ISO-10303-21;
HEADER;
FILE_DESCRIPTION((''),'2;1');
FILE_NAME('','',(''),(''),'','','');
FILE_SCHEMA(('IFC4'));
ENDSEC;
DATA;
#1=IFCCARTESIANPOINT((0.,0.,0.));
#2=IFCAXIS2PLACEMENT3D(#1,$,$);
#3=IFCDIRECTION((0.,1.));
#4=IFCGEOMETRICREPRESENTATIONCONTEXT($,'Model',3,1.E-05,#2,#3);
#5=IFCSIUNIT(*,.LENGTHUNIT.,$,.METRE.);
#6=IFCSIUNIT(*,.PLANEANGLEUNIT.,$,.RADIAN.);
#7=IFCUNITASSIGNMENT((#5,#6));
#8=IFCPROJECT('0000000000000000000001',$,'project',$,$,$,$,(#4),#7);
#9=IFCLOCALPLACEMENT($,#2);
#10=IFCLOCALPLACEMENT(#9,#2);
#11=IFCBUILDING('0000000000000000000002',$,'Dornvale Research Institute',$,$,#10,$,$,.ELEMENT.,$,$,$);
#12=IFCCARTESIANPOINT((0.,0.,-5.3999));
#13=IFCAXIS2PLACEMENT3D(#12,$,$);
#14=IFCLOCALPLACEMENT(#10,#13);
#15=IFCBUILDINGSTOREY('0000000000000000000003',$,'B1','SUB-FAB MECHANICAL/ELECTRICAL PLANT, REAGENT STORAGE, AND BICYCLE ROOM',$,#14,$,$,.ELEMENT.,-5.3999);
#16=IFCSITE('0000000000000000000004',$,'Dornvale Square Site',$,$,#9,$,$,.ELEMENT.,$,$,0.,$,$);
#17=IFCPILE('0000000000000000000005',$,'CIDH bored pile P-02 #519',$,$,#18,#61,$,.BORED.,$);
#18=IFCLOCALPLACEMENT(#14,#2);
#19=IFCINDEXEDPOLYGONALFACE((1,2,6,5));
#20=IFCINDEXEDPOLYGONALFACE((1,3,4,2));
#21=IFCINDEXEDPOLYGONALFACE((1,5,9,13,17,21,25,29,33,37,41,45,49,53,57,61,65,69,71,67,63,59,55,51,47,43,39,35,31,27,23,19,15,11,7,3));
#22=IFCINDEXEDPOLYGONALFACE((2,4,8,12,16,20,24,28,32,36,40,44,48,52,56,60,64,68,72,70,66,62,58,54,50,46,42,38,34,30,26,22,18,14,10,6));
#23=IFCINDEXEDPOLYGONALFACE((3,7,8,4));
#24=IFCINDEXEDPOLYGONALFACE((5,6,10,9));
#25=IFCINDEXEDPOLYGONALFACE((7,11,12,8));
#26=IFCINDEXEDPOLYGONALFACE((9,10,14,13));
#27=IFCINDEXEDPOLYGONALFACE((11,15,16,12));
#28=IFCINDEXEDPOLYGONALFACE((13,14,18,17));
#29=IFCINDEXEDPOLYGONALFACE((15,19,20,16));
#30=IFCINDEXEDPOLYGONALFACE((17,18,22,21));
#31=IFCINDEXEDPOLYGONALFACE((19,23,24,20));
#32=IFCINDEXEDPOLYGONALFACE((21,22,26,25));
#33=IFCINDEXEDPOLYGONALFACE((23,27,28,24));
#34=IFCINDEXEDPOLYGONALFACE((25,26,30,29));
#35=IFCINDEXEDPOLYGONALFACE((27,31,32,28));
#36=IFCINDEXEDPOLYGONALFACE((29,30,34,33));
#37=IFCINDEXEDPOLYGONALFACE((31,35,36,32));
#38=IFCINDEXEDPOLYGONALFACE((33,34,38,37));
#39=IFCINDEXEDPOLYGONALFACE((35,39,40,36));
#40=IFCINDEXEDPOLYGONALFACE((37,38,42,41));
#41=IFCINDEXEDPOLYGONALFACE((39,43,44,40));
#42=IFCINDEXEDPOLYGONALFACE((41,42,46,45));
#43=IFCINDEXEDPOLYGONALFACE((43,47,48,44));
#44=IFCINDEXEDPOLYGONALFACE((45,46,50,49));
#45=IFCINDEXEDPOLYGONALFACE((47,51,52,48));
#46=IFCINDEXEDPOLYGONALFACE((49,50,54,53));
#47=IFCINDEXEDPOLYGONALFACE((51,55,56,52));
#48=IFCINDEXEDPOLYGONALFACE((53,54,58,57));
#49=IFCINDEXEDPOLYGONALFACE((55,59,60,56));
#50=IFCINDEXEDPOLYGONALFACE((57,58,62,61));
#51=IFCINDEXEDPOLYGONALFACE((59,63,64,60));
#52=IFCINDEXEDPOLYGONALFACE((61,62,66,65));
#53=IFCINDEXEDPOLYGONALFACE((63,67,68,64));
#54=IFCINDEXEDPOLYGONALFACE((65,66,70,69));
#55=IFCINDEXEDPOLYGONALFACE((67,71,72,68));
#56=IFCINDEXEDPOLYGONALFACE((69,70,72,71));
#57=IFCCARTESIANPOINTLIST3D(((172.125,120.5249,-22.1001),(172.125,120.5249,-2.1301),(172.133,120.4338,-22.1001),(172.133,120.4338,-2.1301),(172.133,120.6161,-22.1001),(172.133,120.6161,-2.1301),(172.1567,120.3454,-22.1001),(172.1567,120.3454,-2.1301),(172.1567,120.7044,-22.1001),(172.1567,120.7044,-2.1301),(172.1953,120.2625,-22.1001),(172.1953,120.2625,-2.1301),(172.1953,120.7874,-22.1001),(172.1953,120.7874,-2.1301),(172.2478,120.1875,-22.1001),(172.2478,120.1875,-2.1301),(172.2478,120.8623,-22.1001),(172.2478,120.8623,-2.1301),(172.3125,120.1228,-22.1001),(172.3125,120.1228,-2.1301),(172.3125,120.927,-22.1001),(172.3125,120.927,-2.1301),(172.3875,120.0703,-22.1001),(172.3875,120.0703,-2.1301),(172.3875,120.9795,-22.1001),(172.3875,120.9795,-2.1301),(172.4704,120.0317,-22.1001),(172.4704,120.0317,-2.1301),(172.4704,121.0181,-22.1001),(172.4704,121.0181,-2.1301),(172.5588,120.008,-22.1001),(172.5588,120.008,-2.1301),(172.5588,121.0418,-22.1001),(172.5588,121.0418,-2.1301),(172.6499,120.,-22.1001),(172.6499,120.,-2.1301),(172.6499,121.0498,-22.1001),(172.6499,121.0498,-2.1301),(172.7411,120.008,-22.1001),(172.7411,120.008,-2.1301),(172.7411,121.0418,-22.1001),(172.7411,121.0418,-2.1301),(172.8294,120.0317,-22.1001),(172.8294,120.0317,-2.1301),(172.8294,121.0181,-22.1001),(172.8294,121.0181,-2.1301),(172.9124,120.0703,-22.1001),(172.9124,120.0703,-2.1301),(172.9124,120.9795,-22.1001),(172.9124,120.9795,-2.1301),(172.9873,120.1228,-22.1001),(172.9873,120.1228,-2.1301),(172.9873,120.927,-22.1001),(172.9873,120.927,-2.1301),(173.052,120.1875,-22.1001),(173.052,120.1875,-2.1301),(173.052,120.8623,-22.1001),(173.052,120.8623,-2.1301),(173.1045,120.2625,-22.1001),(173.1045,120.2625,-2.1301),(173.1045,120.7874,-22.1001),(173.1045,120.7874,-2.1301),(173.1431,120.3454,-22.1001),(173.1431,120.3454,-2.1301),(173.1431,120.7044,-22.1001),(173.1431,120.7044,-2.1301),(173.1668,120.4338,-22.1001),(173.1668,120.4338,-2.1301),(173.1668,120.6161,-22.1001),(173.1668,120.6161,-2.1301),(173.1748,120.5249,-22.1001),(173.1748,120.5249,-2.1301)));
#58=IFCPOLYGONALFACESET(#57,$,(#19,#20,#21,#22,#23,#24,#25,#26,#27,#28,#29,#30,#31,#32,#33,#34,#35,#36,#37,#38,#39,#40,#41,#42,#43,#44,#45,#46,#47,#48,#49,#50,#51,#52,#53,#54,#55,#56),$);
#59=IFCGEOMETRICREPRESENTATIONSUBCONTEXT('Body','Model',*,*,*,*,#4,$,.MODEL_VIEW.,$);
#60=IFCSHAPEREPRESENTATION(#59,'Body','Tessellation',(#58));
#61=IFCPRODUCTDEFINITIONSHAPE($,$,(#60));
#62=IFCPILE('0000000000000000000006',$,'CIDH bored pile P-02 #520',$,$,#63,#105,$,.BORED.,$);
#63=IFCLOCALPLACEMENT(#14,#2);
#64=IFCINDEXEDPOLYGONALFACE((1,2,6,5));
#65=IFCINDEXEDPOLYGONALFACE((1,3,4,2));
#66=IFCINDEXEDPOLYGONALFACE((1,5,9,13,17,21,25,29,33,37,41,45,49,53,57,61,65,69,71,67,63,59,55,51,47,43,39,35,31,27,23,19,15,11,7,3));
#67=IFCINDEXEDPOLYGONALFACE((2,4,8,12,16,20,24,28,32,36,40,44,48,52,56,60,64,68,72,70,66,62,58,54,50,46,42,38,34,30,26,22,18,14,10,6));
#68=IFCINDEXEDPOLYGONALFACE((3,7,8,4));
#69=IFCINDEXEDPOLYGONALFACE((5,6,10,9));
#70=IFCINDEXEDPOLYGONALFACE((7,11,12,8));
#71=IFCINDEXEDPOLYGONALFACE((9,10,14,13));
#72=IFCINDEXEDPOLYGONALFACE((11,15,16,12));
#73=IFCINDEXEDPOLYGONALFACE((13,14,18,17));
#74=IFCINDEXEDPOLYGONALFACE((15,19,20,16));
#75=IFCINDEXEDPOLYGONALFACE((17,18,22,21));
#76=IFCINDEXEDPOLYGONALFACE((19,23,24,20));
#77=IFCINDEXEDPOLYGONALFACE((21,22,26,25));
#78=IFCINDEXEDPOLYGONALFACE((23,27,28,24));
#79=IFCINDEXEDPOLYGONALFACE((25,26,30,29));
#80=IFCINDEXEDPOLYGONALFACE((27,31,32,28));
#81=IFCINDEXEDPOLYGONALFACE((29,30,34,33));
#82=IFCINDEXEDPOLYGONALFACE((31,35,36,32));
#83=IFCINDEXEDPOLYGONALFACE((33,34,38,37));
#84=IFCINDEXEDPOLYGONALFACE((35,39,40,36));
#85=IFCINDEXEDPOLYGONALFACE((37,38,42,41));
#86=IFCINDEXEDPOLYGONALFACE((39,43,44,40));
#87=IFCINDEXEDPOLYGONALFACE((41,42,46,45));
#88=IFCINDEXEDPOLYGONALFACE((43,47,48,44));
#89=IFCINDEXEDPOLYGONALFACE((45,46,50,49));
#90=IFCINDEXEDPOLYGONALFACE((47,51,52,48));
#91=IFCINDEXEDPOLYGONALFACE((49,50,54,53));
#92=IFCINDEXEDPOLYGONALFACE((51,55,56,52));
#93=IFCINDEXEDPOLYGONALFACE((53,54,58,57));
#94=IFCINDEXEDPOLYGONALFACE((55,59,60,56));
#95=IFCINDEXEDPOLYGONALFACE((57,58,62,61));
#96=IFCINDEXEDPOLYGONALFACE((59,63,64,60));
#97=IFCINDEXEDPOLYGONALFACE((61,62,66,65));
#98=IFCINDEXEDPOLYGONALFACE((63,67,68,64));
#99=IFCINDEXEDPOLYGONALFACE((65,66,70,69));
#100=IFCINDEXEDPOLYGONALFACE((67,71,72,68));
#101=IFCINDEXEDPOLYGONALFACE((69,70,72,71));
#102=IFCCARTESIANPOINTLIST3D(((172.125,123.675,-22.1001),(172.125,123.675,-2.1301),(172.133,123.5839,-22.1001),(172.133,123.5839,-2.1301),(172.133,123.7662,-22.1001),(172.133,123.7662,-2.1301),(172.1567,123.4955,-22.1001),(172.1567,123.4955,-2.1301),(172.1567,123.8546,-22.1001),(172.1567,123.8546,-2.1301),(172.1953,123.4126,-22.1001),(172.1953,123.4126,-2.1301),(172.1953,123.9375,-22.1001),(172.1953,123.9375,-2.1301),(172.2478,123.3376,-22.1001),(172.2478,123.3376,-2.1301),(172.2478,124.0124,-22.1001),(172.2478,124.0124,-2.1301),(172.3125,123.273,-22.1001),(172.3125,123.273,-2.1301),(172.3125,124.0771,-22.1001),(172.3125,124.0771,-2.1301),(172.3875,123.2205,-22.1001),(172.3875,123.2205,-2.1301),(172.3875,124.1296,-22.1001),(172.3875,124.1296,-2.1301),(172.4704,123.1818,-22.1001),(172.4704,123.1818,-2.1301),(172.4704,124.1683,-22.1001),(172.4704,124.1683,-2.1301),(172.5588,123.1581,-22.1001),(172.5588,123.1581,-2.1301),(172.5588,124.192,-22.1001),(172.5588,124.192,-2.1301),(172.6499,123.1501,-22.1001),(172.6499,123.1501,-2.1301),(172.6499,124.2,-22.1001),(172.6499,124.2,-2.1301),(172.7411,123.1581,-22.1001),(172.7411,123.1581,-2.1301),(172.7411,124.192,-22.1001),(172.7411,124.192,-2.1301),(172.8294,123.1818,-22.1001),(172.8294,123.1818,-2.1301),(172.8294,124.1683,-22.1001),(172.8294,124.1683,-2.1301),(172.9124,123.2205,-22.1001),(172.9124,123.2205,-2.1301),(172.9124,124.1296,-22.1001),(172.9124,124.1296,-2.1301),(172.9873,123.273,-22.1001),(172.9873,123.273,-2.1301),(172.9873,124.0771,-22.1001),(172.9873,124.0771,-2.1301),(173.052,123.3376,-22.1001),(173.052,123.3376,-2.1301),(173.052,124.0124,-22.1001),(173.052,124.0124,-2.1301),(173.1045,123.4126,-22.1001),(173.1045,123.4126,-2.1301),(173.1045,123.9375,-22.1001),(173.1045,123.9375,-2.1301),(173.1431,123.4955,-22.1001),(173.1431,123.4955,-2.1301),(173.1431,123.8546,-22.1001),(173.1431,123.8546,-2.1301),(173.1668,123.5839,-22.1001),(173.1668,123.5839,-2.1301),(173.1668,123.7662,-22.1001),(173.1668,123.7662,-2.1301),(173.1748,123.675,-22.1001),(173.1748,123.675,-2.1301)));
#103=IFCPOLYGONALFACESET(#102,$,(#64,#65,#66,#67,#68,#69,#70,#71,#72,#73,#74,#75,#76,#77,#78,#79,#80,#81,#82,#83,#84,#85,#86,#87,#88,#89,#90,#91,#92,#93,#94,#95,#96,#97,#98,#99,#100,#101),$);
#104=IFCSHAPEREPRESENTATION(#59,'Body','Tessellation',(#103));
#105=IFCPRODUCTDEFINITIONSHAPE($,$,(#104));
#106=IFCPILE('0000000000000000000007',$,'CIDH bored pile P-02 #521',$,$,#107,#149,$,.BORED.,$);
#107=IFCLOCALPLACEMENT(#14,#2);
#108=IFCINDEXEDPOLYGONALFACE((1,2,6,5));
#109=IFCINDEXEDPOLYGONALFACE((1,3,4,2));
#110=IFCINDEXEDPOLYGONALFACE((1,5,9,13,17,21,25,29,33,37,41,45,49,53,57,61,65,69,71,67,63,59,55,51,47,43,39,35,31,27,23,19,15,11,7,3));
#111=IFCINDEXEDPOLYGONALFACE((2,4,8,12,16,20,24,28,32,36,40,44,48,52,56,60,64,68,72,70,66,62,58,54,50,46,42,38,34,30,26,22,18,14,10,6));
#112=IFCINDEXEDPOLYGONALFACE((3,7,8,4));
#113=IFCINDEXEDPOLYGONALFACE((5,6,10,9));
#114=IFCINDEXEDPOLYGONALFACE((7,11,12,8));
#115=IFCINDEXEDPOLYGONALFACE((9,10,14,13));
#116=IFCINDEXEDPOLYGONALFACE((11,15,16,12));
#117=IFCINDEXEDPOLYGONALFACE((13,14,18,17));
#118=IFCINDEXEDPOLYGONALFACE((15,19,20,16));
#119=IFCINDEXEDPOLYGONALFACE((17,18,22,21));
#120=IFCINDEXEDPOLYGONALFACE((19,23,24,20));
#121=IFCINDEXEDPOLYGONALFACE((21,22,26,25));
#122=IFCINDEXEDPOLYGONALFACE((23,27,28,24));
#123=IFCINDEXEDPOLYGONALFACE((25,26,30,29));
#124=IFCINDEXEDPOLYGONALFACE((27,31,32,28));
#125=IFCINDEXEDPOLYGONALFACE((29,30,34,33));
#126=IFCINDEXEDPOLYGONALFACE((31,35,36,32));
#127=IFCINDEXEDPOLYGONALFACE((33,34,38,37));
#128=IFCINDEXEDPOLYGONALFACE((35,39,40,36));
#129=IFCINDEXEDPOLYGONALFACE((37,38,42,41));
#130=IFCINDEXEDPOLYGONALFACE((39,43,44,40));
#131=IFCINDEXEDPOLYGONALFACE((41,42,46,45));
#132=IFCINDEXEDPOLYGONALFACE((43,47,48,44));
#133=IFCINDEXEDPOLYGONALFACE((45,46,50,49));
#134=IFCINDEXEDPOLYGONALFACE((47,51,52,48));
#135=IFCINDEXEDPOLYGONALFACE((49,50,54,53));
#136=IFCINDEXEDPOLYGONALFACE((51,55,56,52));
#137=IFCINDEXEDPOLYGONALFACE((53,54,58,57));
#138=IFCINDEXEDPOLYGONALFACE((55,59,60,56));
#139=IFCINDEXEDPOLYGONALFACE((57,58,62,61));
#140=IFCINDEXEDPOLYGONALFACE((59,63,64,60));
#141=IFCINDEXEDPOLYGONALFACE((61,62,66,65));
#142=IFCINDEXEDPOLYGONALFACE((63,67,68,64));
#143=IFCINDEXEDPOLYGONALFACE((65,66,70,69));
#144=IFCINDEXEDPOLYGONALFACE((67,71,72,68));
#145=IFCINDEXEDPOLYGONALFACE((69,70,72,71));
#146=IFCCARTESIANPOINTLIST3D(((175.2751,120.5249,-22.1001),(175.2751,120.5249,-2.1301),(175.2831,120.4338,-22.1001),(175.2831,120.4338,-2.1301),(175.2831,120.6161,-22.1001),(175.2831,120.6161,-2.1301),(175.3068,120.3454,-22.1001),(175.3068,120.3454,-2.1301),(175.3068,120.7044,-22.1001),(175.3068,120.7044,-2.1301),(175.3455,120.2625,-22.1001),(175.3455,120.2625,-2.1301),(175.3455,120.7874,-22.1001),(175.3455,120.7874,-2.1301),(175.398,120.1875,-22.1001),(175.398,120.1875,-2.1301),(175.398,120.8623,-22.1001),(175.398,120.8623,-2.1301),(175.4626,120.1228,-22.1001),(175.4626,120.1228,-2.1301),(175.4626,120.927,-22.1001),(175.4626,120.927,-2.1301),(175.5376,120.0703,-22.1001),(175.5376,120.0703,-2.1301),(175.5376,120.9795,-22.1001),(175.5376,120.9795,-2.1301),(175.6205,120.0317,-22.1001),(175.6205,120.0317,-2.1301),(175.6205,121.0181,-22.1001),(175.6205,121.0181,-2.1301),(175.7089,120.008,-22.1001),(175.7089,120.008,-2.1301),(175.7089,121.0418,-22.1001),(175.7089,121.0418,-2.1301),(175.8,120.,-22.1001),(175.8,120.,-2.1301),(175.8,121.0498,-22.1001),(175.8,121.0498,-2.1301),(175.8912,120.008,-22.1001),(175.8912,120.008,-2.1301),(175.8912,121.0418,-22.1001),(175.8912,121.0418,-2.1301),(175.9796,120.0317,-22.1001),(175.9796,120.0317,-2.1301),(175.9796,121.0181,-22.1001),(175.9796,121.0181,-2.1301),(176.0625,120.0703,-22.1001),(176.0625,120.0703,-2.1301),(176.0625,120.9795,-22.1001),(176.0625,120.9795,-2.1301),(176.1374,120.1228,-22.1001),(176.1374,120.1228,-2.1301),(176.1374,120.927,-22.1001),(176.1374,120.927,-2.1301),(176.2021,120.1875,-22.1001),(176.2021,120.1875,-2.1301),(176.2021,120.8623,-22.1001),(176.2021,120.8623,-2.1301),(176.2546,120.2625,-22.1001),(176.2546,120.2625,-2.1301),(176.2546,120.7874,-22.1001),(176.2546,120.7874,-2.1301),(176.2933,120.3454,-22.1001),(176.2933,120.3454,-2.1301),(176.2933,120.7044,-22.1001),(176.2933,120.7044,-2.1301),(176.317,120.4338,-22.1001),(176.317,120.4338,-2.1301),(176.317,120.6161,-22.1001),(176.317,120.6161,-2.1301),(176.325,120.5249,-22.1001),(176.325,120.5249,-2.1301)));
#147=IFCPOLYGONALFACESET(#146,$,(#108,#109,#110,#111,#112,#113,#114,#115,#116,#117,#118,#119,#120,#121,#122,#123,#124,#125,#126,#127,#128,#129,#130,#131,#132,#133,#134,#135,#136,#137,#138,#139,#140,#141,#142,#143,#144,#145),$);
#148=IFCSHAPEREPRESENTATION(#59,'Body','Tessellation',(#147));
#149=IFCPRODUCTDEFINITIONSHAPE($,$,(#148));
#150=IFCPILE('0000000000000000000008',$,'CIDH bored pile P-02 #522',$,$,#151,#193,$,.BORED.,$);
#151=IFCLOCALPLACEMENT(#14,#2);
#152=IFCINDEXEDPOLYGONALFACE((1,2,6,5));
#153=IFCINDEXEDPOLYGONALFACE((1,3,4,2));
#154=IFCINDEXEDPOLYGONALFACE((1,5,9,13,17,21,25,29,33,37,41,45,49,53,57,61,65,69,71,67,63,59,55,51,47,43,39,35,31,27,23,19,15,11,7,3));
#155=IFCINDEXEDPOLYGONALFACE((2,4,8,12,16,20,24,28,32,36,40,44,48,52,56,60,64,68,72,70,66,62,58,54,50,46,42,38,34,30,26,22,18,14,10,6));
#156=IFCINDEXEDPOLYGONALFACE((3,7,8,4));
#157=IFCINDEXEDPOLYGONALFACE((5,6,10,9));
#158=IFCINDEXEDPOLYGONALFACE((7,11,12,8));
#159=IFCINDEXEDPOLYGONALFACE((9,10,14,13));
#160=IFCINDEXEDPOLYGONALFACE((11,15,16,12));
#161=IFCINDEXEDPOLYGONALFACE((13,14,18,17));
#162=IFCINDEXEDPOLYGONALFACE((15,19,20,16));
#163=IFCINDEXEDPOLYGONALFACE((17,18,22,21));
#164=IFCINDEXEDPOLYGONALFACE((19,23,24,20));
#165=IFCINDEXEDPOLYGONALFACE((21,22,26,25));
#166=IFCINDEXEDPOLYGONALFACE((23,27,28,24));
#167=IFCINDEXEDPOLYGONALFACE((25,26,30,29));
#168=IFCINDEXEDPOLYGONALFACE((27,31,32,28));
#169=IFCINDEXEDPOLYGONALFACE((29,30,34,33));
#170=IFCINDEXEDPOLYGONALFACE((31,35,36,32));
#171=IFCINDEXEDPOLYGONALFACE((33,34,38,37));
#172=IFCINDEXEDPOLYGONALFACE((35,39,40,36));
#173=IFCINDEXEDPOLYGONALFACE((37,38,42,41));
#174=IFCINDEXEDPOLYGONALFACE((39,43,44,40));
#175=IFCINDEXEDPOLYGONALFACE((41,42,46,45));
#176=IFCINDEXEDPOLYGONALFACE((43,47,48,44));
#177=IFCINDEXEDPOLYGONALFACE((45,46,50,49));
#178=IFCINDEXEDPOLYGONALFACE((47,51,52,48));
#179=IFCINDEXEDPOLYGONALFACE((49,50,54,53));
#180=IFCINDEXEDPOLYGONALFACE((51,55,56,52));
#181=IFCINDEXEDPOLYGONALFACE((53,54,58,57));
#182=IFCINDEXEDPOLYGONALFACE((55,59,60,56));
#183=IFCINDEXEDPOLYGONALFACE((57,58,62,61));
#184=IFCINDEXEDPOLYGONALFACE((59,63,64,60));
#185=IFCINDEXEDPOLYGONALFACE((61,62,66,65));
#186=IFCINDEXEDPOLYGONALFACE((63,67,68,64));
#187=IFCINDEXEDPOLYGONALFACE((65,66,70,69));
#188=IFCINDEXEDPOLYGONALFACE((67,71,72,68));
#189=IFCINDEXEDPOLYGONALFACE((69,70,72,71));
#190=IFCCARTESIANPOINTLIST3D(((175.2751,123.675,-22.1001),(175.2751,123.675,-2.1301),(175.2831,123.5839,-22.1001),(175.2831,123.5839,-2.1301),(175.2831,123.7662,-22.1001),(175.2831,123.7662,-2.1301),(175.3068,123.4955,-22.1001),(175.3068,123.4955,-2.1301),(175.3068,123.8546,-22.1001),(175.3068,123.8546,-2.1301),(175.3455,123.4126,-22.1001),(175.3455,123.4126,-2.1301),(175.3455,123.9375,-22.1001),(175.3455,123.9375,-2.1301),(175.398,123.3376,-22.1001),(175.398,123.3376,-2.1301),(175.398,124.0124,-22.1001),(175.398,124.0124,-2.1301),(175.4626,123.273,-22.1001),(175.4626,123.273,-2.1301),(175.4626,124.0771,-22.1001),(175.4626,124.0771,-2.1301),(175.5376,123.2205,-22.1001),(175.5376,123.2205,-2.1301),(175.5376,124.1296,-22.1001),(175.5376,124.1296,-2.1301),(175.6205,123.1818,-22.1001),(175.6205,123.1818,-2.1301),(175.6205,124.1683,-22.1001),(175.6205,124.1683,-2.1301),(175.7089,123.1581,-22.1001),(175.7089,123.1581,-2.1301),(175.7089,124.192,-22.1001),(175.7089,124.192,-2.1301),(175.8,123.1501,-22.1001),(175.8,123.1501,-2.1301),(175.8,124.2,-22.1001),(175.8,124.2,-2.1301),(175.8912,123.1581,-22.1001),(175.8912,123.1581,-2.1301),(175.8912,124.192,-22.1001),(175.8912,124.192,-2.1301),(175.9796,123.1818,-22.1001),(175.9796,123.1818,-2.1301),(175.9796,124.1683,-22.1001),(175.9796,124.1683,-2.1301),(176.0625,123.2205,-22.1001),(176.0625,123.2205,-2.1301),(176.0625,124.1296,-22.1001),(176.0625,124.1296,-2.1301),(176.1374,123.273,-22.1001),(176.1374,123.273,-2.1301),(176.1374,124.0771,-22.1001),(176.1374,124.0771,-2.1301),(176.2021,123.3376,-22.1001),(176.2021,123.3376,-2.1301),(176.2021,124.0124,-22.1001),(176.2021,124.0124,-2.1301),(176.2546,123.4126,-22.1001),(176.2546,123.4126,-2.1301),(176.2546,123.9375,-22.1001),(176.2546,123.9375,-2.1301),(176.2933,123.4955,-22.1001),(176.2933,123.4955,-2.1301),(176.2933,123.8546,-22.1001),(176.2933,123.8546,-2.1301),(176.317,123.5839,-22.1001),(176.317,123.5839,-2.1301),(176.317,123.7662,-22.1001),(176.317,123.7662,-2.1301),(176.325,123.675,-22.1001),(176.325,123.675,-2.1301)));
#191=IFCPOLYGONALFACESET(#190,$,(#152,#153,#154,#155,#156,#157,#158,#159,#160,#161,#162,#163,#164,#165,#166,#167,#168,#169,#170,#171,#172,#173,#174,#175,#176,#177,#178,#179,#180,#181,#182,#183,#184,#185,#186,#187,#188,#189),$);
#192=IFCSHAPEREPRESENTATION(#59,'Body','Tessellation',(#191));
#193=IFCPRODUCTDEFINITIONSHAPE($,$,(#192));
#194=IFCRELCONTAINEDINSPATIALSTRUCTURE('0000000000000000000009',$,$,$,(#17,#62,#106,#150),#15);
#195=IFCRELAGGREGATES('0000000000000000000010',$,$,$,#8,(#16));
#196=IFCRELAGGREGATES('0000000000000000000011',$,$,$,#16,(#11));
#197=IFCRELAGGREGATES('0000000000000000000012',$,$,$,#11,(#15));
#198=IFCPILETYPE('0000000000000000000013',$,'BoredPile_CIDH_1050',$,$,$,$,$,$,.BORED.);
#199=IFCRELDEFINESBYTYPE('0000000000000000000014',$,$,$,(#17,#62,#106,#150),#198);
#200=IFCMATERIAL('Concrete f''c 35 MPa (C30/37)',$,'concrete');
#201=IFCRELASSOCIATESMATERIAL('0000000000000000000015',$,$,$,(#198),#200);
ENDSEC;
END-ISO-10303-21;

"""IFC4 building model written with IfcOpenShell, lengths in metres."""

from ifc_helpers import new_model, si_unit, direction, frame, origin, origin_2d, place, context, subcontext, project, spatial, circle, extrude, material, material_profile, profile_set, type_object, element, save


model = new_model("IFC4")

# Units and contexts
model_context = context("Model", 3, precision=1e-05, world=origin(), true_north=direction((0.0, 1.0)))
body_context = subcontext(model_context, "Body", "Model", "MODEL_VIEW")
ifc_project = project(units=[si_unit("LENGTHUNIT", "METRE"), si_unit("PLANEANGLEUNIT", "RADIAN")], contexts=[model_context])

# Site, building, storey
site_placement = place(None, origin())
site = spatial("IfcSite", under=ifc_project, at=site_placement, Name="Dornvale Square Site", CompositionType="ELEMENT", RefElevation=0.0)
building_placement = place(site_placement, origin())
building = spatial("IfcBuilding", under=site, at=building_placement, Name="Dornvale Research Institute", CompositionType="ELEMENT")
storey_placement = place(building_placement, frame((0.0, 0.0, -5.3999)))
storey = spatial("IfcBuildingStorey", under=building, at=storey_placement, Name="B1", Description="SUB-FAB MECHANICAL/ELECTRICAL PLANT, REAGENT STORAGE, AND BICYCLE ROOM", CompositionType="ELEMENT", Elevation=-5.3999)

# Piles
ifc_material_1 = material(Name="Concrete f'c 35 MPa (C30/37)", Category="concrete")
ifc_material_profile_1 = material_profile(ifc_material_1, circle(Radius=0.5249, at=origin_2d()), Name="CIDH PILE D1050")
ifc_profile_set_1 = profile_set([ifc_material_profile_1], Name="Concrete f'c 35 MPa (C30/37)")
pile_type = type_object("IfcPileType", Name="BoredPile_CIDH_1050", PredefinedType="BORED", material=ifc_profile_set_1)
for number, where, z_axis, x_axis, name in (
    (1, (172.6499, 120.5249, -2.1301), (0.0, 0.0, -1.0), (1.0, 0.0, 0.0), "CIDH bored pile P-02 #519"),
    (2, (172.6499, 123.675, -2.1301), (0.0, 0.0, -1.0), (1.0, 0.0, 0.0), "CIDH bored pile P-02 #520"),
    (3, (175.8, 120.5249, -2.1301), (0.0, 0.0, -1.0), (1.0, 0.0, 0.0), "CIDH bored pile P-02 #521"),
    (4, (175.8, 123.675, -2.1301), (0.0, 0.0, -1.0), (1.0, 0.0, 0.0), "CIDH bored pile P-02 #522"),
):
    element("IfcPile", number, at=place(storey_placement, frame(where, z_axis=z_axis, x_axis=x_axis)), inside=storey, type_object=pile_type, Name=name, PredefinedType="BORED", context=body_context, shape_type="SweptSolid", body=[
        extrude(circle(Radius=0.5249, at=origin_2d()), origin(), (0.0, 0.0, 1.0), 19.97),
    ])

save(model, "model.ifc")
